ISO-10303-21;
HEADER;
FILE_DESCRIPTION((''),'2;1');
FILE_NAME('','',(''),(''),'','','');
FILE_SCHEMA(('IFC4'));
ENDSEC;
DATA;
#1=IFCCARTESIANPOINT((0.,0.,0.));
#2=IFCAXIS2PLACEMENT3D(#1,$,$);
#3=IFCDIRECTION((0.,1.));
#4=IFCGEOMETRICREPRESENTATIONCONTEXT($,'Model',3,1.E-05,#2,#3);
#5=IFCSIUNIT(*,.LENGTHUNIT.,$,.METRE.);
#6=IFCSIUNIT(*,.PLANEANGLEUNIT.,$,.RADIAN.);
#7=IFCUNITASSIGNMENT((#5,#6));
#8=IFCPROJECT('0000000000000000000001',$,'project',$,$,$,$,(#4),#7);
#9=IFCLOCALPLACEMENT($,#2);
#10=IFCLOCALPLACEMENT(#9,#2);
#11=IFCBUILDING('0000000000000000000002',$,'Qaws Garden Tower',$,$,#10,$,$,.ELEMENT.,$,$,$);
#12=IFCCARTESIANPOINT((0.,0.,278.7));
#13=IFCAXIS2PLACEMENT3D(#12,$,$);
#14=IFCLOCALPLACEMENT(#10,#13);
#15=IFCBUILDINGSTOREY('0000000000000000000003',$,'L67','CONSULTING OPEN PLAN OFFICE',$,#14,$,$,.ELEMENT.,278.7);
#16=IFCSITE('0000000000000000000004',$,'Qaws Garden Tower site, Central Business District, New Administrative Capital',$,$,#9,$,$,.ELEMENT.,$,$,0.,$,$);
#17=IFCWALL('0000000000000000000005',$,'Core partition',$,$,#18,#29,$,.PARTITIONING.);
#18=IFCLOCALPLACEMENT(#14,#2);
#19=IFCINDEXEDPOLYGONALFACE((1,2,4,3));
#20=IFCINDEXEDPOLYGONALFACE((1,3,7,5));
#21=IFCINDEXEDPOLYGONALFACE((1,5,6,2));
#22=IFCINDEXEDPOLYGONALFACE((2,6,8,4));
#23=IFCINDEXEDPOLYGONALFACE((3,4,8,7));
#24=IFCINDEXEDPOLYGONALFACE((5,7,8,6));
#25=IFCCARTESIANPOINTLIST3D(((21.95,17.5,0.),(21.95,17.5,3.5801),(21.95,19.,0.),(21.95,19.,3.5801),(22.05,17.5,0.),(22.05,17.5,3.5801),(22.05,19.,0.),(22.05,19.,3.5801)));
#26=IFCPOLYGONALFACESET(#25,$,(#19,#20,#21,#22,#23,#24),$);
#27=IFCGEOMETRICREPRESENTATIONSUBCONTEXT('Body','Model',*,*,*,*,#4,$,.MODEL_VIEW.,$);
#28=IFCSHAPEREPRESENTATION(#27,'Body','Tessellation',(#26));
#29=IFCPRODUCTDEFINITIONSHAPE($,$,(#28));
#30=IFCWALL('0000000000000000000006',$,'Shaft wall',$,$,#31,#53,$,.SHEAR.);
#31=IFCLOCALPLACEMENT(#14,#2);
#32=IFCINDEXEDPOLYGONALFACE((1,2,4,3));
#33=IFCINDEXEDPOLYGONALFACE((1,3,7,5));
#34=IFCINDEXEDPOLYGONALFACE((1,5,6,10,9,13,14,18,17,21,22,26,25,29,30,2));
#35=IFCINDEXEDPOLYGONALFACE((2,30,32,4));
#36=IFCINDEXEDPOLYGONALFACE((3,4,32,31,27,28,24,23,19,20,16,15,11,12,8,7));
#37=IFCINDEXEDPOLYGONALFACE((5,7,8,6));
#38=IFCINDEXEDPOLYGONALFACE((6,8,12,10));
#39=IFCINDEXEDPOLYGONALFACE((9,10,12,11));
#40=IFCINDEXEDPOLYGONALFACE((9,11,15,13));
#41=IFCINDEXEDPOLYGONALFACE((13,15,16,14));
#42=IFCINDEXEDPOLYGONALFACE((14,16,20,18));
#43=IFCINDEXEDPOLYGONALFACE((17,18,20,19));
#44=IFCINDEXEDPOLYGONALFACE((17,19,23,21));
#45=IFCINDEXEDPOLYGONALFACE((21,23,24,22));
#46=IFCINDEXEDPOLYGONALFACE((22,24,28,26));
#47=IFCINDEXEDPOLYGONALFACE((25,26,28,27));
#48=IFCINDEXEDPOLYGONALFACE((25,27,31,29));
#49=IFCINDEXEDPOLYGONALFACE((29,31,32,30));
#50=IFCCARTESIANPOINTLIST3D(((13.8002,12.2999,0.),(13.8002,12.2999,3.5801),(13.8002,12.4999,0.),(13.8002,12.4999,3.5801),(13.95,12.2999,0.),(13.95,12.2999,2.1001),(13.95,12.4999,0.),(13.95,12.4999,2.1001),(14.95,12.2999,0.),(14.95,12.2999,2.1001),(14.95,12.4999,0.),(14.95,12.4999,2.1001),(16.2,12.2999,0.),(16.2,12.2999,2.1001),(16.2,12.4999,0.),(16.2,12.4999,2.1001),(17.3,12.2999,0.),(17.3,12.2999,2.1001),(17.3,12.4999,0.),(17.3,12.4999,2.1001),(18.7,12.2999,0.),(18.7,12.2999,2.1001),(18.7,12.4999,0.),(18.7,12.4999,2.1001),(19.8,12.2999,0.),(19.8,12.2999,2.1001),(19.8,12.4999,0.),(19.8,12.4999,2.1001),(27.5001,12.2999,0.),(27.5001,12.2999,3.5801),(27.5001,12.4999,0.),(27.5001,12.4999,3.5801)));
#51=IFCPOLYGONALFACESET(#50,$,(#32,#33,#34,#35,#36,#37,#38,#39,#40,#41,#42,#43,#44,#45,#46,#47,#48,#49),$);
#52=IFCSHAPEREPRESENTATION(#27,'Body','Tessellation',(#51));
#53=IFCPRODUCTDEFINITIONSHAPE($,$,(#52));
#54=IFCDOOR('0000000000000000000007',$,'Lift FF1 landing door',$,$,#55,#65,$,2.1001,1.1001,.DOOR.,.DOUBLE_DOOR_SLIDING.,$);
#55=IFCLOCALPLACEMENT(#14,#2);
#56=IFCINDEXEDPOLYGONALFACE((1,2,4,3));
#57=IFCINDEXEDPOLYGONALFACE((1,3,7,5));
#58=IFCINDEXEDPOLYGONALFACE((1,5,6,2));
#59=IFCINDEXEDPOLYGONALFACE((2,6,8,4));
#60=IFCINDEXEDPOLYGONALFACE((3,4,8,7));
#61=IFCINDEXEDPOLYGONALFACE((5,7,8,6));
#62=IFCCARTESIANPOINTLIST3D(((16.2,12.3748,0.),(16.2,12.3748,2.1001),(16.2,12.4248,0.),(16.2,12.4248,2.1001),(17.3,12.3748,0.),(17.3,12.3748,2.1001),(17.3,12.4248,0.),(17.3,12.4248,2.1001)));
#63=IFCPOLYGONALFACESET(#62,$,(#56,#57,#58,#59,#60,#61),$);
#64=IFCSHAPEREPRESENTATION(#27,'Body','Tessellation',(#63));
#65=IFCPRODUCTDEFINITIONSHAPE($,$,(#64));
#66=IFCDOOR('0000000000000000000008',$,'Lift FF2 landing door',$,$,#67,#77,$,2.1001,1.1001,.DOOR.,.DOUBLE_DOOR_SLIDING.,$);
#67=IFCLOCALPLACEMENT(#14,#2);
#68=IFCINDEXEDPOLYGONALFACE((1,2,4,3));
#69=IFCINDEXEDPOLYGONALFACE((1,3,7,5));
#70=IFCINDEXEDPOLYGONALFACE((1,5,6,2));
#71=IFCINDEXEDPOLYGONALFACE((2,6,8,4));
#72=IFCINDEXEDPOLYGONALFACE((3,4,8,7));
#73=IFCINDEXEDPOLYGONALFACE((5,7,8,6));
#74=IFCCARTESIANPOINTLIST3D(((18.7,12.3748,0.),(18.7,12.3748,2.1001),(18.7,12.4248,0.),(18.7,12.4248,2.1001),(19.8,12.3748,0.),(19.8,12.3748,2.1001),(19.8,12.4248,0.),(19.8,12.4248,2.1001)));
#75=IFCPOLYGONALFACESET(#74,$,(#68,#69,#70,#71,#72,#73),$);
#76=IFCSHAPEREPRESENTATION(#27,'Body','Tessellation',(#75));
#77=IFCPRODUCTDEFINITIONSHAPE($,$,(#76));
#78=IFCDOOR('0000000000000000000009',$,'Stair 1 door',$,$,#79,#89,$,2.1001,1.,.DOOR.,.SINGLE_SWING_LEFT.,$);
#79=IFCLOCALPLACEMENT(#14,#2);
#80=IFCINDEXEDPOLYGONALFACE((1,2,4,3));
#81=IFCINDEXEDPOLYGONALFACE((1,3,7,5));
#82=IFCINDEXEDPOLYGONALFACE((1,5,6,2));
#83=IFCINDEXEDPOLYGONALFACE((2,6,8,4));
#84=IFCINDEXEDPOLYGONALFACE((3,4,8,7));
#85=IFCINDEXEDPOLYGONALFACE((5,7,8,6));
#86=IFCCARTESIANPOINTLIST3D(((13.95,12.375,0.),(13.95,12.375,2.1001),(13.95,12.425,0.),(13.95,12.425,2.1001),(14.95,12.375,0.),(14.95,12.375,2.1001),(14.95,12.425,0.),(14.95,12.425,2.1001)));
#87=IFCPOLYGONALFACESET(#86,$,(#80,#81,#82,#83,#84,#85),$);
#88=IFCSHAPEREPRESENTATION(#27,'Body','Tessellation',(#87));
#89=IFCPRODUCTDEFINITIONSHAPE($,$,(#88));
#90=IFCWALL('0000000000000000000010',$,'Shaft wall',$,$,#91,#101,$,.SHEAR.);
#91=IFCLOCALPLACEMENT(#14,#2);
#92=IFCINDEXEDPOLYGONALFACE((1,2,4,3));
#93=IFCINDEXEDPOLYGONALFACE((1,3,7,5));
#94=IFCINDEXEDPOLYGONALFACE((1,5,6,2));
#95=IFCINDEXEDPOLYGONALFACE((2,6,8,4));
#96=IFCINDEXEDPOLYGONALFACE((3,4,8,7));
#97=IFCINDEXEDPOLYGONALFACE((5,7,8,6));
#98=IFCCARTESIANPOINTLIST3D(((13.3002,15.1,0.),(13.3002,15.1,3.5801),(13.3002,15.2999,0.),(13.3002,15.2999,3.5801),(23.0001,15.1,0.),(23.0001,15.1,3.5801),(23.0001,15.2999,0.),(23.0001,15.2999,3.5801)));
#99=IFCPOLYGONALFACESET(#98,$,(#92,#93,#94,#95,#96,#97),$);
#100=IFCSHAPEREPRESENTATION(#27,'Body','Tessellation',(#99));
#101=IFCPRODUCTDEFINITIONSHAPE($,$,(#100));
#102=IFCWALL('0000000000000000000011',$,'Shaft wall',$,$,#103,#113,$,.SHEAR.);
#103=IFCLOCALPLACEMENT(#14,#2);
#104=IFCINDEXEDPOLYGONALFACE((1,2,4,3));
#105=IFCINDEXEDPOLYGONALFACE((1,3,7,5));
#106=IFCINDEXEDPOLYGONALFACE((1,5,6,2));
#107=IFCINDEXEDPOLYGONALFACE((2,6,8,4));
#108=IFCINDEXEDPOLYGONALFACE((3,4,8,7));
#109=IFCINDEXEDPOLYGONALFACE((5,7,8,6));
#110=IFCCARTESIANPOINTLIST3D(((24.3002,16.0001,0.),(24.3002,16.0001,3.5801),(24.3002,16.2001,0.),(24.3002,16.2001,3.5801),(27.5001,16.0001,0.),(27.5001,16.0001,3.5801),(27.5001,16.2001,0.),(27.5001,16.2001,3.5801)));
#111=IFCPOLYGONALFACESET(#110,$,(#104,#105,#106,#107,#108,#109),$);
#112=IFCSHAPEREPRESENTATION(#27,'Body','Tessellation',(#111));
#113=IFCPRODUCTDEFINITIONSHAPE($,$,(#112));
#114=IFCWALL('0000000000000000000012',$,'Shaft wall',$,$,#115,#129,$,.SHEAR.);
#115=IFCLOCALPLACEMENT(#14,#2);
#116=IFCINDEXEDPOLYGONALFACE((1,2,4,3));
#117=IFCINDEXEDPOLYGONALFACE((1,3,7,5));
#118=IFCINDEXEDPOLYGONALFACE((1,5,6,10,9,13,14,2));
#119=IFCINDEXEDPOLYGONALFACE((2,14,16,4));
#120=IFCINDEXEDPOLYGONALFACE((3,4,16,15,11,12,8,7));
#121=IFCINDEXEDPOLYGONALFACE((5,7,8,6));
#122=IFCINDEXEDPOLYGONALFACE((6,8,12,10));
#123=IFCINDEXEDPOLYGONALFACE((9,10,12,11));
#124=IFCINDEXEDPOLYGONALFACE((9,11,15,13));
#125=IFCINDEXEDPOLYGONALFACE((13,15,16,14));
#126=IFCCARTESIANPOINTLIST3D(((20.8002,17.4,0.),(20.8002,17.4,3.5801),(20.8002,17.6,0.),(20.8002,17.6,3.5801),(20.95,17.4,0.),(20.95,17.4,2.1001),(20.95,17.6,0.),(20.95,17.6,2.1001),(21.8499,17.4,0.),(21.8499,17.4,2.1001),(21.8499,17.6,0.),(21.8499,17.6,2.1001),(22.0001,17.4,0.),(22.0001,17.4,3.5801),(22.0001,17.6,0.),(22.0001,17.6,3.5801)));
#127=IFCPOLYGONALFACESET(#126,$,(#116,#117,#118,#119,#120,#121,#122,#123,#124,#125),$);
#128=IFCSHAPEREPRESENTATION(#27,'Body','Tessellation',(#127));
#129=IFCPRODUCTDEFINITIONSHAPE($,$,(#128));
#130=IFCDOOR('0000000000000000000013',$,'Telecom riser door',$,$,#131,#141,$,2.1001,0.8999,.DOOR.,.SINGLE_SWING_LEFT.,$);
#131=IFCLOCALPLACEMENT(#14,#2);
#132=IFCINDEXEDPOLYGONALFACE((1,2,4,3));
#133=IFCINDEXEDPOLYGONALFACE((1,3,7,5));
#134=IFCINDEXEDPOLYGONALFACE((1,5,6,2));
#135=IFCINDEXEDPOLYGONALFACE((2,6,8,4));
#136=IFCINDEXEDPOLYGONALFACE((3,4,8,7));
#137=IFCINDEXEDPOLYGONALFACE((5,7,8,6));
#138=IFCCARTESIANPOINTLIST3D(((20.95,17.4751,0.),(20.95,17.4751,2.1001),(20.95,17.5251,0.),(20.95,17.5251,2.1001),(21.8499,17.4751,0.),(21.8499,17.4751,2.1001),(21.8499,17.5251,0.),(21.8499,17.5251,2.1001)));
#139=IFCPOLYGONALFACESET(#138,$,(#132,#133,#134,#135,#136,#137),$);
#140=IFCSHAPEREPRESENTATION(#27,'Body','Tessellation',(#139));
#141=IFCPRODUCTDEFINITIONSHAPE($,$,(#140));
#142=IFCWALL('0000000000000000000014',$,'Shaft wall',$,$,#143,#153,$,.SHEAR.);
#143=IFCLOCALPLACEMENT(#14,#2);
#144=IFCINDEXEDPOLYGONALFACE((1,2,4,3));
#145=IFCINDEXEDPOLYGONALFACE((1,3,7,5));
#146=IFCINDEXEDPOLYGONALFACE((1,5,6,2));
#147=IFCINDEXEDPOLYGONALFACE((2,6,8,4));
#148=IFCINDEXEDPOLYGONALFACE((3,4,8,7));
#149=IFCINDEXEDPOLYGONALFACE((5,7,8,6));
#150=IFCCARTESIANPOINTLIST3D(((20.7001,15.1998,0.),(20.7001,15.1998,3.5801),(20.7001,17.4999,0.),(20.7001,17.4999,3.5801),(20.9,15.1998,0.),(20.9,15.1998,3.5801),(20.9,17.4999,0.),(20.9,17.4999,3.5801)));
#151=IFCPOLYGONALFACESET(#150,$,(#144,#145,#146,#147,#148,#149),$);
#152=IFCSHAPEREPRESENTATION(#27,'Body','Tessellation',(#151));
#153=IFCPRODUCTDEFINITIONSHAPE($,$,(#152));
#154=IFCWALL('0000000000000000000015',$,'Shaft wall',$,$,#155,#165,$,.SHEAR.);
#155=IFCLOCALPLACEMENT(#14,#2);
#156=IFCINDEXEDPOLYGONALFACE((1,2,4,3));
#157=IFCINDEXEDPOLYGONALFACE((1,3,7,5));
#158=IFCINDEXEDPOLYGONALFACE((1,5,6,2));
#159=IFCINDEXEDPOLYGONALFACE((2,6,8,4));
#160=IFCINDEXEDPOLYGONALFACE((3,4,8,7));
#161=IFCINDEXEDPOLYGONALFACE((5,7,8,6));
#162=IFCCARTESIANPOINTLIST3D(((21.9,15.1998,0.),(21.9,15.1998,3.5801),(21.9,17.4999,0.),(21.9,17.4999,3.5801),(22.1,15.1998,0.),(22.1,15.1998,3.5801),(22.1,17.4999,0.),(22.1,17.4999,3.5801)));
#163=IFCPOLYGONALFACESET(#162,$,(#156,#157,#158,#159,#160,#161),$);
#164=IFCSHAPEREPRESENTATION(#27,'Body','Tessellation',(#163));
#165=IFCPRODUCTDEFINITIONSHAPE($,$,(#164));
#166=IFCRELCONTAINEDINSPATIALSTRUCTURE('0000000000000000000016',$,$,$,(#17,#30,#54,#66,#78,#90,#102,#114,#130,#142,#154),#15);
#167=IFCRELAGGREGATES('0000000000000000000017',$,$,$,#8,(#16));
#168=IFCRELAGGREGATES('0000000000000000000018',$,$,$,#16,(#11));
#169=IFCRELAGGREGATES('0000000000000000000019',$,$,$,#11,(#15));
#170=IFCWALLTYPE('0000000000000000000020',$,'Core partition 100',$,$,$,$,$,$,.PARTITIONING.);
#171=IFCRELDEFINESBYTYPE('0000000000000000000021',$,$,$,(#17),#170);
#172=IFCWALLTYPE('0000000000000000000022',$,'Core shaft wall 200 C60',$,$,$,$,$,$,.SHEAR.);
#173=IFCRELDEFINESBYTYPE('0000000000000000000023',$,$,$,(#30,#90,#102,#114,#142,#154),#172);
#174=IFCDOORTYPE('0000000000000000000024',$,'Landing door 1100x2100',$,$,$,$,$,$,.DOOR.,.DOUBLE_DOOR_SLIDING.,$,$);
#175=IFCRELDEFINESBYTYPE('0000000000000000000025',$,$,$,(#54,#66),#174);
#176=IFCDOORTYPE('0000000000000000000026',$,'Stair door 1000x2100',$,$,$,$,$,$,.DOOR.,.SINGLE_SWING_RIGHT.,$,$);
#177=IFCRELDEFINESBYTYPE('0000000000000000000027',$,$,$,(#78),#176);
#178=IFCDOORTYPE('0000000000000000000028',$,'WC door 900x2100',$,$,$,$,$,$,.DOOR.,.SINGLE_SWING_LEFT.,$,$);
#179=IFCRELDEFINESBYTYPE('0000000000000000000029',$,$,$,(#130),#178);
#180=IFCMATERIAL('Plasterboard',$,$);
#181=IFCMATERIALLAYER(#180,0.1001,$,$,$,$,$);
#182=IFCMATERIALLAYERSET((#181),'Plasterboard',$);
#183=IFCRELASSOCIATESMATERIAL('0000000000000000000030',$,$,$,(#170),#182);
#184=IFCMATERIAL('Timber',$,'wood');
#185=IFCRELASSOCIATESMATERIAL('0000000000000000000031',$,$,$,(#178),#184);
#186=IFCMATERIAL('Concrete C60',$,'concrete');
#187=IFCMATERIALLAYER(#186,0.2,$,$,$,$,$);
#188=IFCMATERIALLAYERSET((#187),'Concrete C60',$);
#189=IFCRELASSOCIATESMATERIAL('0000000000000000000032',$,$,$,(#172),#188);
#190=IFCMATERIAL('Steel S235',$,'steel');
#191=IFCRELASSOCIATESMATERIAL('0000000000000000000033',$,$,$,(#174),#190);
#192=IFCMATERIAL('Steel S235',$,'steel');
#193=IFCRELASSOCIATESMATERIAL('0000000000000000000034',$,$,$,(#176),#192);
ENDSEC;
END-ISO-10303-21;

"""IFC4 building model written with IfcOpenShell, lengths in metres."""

from ifc_helpers import new_model, si_unit, direction, frame, frame_2d, origin, place, context, subcontext, project, spatial, rectangle, extrude, material, layer, layer_set, type_object, element, fill, save


model = new_model("IFC4")

# Units and contexts
model_context = context("Model", 3, precision=1e-05, world=origin(), true_north=direction((0.0, 1.0)))
body_context = subcontext(model_context, "Body", "Model", "MODEL_VIEW")
ifc_project = project(units=[si_unit("LENGTHUNIT", "METRE"), si_unit("PLANEANGLEUNIT", "RADIAN")], contexts=[model_context])

# Site, building, storey
site_placement = place(None, origin())
site = spatial("IfcSite", under=ifc_project, at=site_placement, Name="Qaws Garden Tower site, Central Business District, New Administrative Capital", CompositionType="ELEMENT", RefElevation=0.0)
building_placement = place(site_placement, origin())
building = spatial("IfcBuilding", under=site, at=building_placement, Name="Qaws Garden Tower", CompositionType="ELEMENT")
storey_placement = place(building_placement, frame((0.0, 0.0, 278.7)))
storey = spatial("IfcBuildingStorey", under=building, at=storey_placement, Name="L67", Description="CONSULTING OPEN PLAN OFFICE", CompositionType="ELEMENT", Elevation=278.7)

# Shared definitions
ifc_material_1 = material(Name="Plasterboard")
ifc_layer_1 = layer(ifc_material_1, 0.1001)
ifc_layer_set_1 = layer_set([ifc_layer_1], Name="Plasterboard")
wall_type_1 = type_object("IfcWallType", Name="Core partition 100", PredefinedType="PARTITIONING", material=ifc_layer_set_1)
ifc_material_2 = material(Name="Timber", Category="wood")
door_type_1 = type_object("IfcDoorType", Name="WC door 900x2100", OperationType="SINGLE_SWING_LEFT", PredefinedType="DOOR", material=ifc_material_2)

# Wall
wall_1_placement = place(storey_placement, frame((22.0, 17.5, 0.0), z_axis=(0.0, 0.0, 1.0), x_axis=(0.0, 1.0, 0.0)))
element("IfcWall", 1, at=wall_1_placement, inside=storey, type_object=wall_type_1, Name="Core partition", PredefinedType="PARTITIONING", context=body_context, shape_type="SweptSolid", body=[
    extrude(rectangle(XDim=1.5, YDim=0.1001, at=frame_2d((0.75, 0.0))), origin(), (0.0, 0.0, 1.0), 3.5801),
])

# Wall, openings, doors
ifc_material_3 = material(Name="Concrete C60", Category="concrete")
ifc_layer_2 = layer(ifc_material_3, 0.2)
ifc_layer_set_2 = layer_set([ifc_layer_2], Name="Concrete C60")
wall_type_2 = type_object("IfcWallType", Name="Core shaft wall 200 C60", PredefinedType="SHEAR", material=ifc_layer_set_2)
wall_2_placement = place(storey_placement, frame((13.8, 12.3999, 0.0), z_axis=(0.0, 0.0, 1.0), x_axis=(1.0, 0.0, 0.0)))
wall_2 = element("IfcWall", 2, at=wall_2_placement, inside=storey, type_object=wall_type_2, Name="Shaft wall", PredefinedType="SHEAR", context=body_context, shape_type="SweptSolid", body=[
    extrude(rectangle(XDim=13.7, YDim=0.2, at=frame_2d((6.8501, 0.0))), origin(), (0.0, 0.0, 1.0), 3.5801),
])
opening_1_placement = place(wall_2_placement, frame((2.3999, 0.0, 0.0)))
opening_1 = element("IfcOpeningElement", 3, at=opening_1_placement, cuts=wall_2, PredefinedType="OPENING", context=body_context, shape_type="SweptSolid", body=[
    extrude(rectangle(XDim=1.1001, YDim=2.1001, at=frame_2d((0.55, 1.05))), frame((0.0, 0.1099, 0.0), z_axis=(0.0, -1.0, 0.0), x_axis=(1.0, 0.0, 0.0)), (0.0, 0.0, 1.0), 0.22),
])
opening_2_placement = place(wall_2_placement, frame((4.8999, 0.0, 0.0)))
opening_2 = element("IfcOpeningElement", 4, at=opening_2_placement, cuts=wall_2, PredefinedType="OPENING", context=body_context, shape_type="SweptSolid", body=[
    extrude(rectangle(XDim=1.1001, YDim=2.1001, at=frame_2d((0.55, 1.05))), frame((0.0, 0.1099, 0.0), z_axis=(0.0, -1.0, 0.0), x_axis=(1.0, 0.0, 0.0)), (0.0, 0.0, 1.0), 0.22),
])
opening_3_placement = place(wall_2_placement, frame((0.1499, 0.0, 0.0)))
opening_3 = element("IfcOpeningElement", 5, at=opening_3_placement, cuts=wall_2, PredefinedType="OPENING", context=body_context, shape_type="SweptSolid", body=[
    extrude(rectangle(XDim=1.0, YDim=2.1001, at=frame_2d((0.5, 1.05))), frame((0.0, 0.1099, 0.0), z_axis=(0.0, -1.0, 0.0), x_axis=(1.0, 0.0, 0.0)), (0.0, 0.0, 1.0), 0.22),
])
ifc_material_4 = material(Name="Steel S235", Category="steel")
door_type_2 = type_object("IfcDoorType", Name="Landing door 1100x2100", OperationType="DOUBLE_DOOR_SLIDING", PredefinedType="DOOR", material=ifc_material_4)
door_1_placement = place(opening_1_placement, origin())
door_1 = element("IfcDoor", 6, at=door_1_placement, inside=storey, type_object=door_type_2, Name="Lift FF1 landing door", OperationType="DOUBLE_DOOR_SLIDING", OverallHeight=2.1001, OverallWidth=1.1001, PredefinedType="DOOR", context=body_context, shape_type="SweptSolid", body=[
    extrude(rectangle(XDim=1.1001, YDim=2.1001, at=frame_2d((0.55, 1.05))), frame((0.0, 0.0249, 0.0), z_axis=(0.0, -1.0, 0.0), x_axis=(1.0, 0.0, 0.0)), (0.0, 0.0, 1.0), 0.05),
])
fill(opening_1, door_1)
door_2_placement = place(opening_2_placement, origin())
door_2 = element("IfcDoor", 7, at=door_2_placement, inside=storey, type_object=door_type_2, Name="Lift FF2 landing door", OperationType="DOUBLE_DOOR_SLIDING", OverallHeight=2.1001, OverallWidth=1.1001, PredefinedType="DOOR", context=body_context, shape_type="SweptSolid", body=[
    extrude(rectangle(XDim=1.1001, YDim=2.1001, at=frame_2d((0.55, 1.05))), frame((0.0, 0.0249, 0.0), z_axis=(0.0, -1.0, 0.0), x_axis=(1.0, 0.0, 0.0)), (0.0, 0.0, 1.0), 0.05),
])
fill(opening_2, door_2)
ifc_material_5 = material(Name="Steel S235", Category="steel")
door_type_3 = type_object("IfcDoorType", Name="Stair door 1000x2100", OperationType="SINGLE_SWING_RIGHT", PredefinedType="DOOR", material=ifc_material_5)
door_3_placement = place(opening_3_placement, frame((1.0, 0.0, 0.0), z_axis=(0.0, 0.0, 1.0), x_axis=(-1.0, 0.0, 0.0)))
door_3 = element("IfcDoor", 8, at=door_3_placement, inside=storey, type_object=door_type_3, Name="Stair 1 door", OperationType="SINGLE_SWING_LEFT", OverallHeight=2.1001, OverallWidth=1.0, PredefinedType="DOOR", context=body_context, shape_type="SweptSolid", body=[
    extrude(rectangle(XDim=1.0, YDim=2.1001, at=frame_2d((0.5, 1.05))), frame((0.0, 0.0249, 0.0), z_axis=(0.0, -1.0, 0.0), x_axis=(1.0, 0.0, 0.0)), (0.0, 0.0, 1.0), 0.05),
])
fill(opening_3, door_3)

# Walls
wall_3_placement = place(storey_placement, frame((13.3, 15.2, 0.0), z_axis=(0.0, 0.0, 1.0), x_axis=(1.0, 0.0, 0.0)))
element("IfcWall", 9, at=wall_3_placement, inside=storey, type_object=wall_type_2, Name="Shaft wall", PredefinedType="SHEAR", context=body_context, shape_type="SweptSolid", body=[
    extrude(rectangle(XDim=9.7, YDim=0.2, at=frame_2d((4.8501, 0.0))), origin(), (0.0, 0.0, 1.0), 3.5801),
])
wall_4_placement = place(storey_placement, frame((24.3, 16.1001, 0.0), z_axis=(0.0, 0.0, 1.0), x_axis=(1.0, 0.0, 0.0)))
element("IfcWall", 10, at=wall_4_placement, inside=storey, type_object=wall_type_2, Name="Shaft wall", PredefinedType="SHEAR", context=body_context, shape_type="SweptSolid", body=[
    extrude(rectangle(XDim=3.2, YDim=0.2, at=frame_2d((1.6001, 0.0))), origin(), (0.0, 0.0, 1.0), 3.5801),
])

# Wall, opening, door
wall_5_placement = place(storey_placement, frame((20.8, 17.5, 0.0), z_axis=(0.0, 0.0, 1.0), x_axis=(1.0, 0.0, 0.0)))
wall_5 = element("IfcWall", 11, at=wall_5_placement, inside=storey, type_object=wall_type_2, Name="Shaft wall", PredefinedType="SHEAR", context=body_context, shape_type="SweptSolid", body=[
    extrude(rectangle(XDim=1.2, YDim=0.2, at=frame_2d((0.6001, 0.0))), origin(), (0.0, 0.0, 1.0), 3.5801),
])
opening_4_placement = place(wall_5_placement, frame((0.1499, 0.0, 0.0)))
opening_4 = element("IfcOpeningElement", 12, at=opening_4_placement, cuts=wall_5, PredefinedType="OPENING", context=body_context, shape_type="SweptSolid", body=[
    extrude(rectangle(XDim=0.8999, YDim=2.1001, at=frame_2d((0.45, 1.05))), frame((0.0, 0.1099, 0.0), z_axis=(0.0, -1.0, 0.0), x_axis=(1.0, 0.0, 0.0)), (0.0, 0.0, 1.0), 0.22),
])
door_4_placement = place(opening_4_placement, frame((0.8999, 0.0, 0.0), z_axis=(0.0, 0.0, 1.0), x_axis=(-1.0, 0.0, 0.0)))
door_4 = element("IfcDoor", 13, at=door_4_placement, inside=storey, type_object=door_type_1, Name="Telecom riser door", OperationType="SINGLE_SWING_LEFT", OverallHeight=2.1001, OverallWidth=0.8999, PredefinedType="DOOR", context=body_context, shape_type="SweptSolid", body=[
    extrude(rectangle(XDim=0.8999, YDim=2.1001, at=frame_2d((0.45, 1.05))), frame((0.0, 0.0249, 0.0), z_axis=(0.0, -1.0, 0.0), x_axis=(1.0, 0.0, 0.0)), (0.0, 0.0, 1.0), 0.05),
])
fill(opening_4, door_4)

# Walls
for number, where, z_axis, x_axis, name in (
    (14, (20.8, 15.2, 0.0), (0.0, 0.0, 1.0), (0.0, 1.0, 0.0), "Shaft wall"),
    (15, (22.0, 15.2, 0.0), (0.0, 0.0, 1.0), (0.0, 1.0, 0.0), "Shaft wall"),
):
    element("IfcWall", number, at=place(storey_placement, frame(where, z_axis=z_axis, x_axis=x_axis)), inside=storey, type_object=wall_type_2, Name=name, PredefinedType="SHEAR", context=body_context, shape_type="SweptSolid", body=[
        extrude(rectangle(XDim=2.3, YDim=0.2, at=frame_2d((1.1499, 0.0))), origin(), (0.0, 0.0, 1.0), 3.5801),
    ])

save(model, "model.ifc")
